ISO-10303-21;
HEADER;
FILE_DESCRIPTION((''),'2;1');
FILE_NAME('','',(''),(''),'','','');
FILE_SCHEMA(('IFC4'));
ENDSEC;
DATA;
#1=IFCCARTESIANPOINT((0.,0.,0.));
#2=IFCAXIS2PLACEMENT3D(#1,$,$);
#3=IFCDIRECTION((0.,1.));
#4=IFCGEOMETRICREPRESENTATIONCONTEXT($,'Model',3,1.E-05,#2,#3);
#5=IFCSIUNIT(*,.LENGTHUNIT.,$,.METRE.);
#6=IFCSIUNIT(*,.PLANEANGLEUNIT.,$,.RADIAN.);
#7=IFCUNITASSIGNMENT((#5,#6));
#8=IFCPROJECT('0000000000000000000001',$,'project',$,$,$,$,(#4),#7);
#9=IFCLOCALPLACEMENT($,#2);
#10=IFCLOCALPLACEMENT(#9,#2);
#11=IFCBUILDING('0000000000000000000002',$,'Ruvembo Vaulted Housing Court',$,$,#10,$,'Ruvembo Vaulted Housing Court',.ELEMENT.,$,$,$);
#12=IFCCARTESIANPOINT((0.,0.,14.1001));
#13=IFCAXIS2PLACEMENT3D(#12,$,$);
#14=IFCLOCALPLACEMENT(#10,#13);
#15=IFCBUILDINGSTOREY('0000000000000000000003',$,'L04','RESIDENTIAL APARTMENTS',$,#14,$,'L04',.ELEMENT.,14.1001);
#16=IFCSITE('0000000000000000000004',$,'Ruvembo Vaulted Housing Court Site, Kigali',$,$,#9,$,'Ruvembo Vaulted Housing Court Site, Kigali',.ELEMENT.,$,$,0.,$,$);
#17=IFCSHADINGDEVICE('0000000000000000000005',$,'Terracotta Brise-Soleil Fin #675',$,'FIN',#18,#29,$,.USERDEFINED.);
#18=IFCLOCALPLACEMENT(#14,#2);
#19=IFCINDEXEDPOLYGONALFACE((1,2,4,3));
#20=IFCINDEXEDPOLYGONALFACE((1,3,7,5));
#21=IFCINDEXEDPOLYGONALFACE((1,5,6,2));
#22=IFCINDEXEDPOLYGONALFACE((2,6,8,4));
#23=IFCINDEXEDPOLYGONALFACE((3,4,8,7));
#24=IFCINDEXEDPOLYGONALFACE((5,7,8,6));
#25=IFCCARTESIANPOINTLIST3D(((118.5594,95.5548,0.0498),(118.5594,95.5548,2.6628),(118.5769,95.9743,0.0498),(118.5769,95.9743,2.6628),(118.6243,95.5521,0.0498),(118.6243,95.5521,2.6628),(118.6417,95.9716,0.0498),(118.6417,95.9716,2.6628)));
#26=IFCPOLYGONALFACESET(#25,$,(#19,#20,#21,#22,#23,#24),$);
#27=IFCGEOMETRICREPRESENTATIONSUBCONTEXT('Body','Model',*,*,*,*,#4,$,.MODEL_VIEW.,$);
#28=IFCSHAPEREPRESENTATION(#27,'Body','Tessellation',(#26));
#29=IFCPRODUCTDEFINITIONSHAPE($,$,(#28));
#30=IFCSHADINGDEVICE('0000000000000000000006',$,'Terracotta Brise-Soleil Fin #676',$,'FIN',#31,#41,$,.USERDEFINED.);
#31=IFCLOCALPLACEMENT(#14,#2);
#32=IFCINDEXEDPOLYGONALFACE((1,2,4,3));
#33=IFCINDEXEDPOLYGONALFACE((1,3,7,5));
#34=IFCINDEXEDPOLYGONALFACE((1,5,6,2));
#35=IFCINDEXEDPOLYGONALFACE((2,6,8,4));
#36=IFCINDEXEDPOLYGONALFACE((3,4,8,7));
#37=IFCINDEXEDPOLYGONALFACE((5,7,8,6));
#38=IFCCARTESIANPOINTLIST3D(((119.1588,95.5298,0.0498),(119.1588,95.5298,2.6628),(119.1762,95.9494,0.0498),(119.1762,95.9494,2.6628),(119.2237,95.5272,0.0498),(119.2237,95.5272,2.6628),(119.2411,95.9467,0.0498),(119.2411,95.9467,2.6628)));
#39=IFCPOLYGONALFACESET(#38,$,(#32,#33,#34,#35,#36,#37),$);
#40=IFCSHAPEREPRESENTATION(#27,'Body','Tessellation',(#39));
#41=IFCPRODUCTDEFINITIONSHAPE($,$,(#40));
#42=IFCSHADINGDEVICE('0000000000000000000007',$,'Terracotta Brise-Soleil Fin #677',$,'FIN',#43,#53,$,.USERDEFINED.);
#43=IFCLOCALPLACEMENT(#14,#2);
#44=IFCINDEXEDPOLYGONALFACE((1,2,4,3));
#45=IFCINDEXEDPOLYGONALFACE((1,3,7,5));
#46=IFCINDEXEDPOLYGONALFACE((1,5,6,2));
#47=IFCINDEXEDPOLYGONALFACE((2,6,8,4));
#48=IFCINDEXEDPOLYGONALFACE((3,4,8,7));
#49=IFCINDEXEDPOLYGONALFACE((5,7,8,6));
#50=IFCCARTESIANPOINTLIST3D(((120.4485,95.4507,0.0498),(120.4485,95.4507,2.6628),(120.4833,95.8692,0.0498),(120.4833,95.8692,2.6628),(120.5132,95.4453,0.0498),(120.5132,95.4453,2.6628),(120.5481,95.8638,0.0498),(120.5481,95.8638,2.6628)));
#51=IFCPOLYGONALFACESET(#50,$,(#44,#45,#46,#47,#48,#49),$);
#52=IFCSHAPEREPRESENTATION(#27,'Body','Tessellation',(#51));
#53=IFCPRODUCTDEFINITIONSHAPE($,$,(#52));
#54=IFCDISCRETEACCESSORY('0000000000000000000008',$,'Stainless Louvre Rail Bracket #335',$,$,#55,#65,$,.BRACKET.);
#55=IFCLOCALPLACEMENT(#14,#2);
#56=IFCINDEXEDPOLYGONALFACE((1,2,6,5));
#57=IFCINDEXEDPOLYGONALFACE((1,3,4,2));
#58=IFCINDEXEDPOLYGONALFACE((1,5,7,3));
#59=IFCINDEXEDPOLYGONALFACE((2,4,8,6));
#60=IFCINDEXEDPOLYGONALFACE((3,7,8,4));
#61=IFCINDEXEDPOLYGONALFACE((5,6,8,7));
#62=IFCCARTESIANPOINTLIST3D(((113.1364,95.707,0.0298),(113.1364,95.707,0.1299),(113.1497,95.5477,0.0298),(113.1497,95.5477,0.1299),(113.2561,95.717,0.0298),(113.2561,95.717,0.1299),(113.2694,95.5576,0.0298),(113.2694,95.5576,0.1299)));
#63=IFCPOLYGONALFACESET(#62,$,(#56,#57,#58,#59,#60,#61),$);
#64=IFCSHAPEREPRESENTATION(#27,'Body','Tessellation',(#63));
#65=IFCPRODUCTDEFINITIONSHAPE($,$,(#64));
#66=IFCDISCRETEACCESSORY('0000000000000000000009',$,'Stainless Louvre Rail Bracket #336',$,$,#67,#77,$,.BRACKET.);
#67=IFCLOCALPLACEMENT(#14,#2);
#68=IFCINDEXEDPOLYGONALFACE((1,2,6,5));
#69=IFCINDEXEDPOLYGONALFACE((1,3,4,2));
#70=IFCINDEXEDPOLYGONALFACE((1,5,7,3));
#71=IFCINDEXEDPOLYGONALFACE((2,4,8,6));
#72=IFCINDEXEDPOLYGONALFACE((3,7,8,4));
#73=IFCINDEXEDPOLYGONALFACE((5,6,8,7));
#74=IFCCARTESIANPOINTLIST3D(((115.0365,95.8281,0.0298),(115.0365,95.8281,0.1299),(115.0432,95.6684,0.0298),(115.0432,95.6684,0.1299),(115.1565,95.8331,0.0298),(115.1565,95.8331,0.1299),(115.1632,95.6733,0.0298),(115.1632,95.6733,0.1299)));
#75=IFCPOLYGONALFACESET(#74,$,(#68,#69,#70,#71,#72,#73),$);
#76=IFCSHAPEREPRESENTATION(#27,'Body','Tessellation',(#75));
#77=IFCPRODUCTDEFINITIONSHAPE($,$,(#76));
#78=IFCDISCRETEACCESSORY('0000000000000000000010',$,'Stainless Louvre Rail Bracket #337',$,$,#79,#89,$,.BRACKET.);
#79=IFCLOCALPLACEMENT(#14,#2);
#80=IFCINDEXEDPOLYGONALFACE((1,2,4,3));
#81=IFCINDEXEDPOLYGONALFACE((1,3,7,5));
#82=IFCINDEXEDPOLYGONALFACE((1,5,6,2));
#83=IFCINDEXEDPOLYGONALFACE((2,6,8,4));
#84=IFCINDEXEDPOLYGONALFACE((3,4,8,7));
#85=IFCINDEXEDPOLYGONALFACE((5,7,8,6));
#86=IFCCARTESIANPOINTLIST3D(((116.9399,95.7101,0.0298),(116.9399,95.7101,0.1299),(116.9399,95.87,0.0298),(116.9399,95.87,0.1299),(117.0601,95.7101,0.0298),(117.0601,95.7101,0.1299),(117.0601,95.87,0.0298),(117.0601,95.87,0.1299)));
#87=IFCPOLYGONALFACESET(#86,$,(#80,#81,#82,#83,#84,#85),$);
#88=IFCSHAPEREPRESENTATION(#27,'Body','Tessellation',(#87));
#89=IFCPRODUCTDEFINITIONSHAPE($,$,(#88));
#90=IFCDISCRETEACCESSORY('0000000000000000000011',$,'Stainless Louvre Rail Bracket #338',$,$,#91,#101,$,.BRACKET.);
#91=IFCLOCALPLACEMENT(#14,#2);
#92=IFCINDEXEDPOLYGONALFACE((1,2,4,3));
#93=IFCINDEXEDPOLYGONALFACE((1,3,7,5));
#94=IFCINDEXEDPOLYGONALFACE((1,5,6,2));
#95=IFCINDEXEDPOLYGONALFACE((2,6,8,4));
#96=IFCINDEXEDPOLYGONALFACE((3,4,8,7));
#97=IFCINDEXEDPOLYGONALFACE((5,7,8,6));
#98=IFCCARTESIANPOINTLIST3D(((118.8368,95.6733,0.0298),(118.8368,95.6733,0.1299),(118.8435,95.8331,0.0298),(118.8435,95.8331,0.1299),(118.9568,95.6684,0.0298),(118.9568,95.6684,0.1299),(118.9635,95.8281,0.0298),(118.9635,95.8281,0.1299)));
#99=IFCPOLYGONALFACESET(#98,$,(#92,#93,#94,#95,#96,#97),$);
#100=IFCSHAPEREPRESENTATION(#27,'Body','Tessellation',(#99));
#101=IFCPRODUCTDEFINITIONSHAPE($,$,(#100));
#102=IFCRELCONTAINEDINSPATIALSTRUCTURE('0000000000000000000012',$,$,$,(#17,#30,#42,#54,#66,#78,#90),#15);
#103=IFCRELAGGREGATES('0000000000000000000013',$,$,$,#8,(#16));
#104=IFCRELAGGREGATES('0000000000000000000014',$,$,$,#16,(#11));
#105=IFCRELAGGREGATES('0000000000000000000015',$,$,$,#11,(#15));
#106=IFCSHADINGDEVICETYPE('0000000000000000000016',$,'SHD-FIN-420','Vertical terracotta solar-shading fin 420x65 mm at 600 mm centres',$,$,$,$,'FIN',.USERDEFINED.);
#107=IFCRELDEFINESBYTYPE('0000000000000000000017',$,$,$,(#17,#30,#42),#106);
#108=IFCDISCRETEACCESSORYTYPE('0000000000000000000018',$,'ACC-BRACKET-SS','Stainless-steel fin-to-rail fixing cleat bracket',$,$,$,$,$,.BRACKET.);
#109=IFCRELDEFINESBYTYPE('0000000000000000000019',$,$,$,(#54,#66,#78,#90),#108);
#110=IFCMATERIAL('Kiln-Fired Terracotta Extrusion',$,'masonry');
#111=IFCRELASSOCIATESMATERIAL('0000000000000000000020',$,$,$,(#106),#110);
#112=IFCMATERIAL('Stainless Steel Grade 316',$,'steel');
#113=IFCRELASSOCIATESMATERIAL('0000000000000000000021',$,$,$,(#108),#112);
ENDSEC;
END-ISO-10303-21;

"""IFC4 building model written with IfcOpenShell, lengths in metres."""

from ifc_helpers import new_model, si_unit, direction, frame, origin, origin_2d, place, context, subcontext, project, spatial, rectangle, extrude, material, type_object, element, save


model = new_model("IFC4")

# Units and contexts
model_context = context("Model", 3, precision=1e-05, world=origin(), true_north=direction((0.0, 1.0)))
body_context = subcontext(model_context, "Body", "Model", "MODEL_VIEW")
ifc_project = project(units=[si_unit("LENGTHUNIT", "METRE"), si_unit("PLANEANGLEUNIT", "RADIAN")], contexts=[model_context])

# Site, building, storey
site_placement = place(None, origin())
site = spatial("IfcSite", under=ifc_project, at=site_placement, Name="Ruvembo Vaulted Housing Court Site, Kigali", LongName="Ruvembo Vaulted Housing Court Site, Kigali", CompositionType="ELEMENT", RefElevation=0.0)
building_placement = place(site_placement, origin())
building = spatial("IfcBuilding", under=site, at=building_placement, Name="Ruvembo Vaulted Housing Court", LongName="Ruvembo Vaulted Housing Court", CompositionType="ELEMENT")
storey_placement = place(building_placement, frame((0.0, 0.0, 14.1001)))
storey = spatial("IfcBuildingStorey", under=building, at=storey_placement, Name="L04", Description="RESIDENTIAL APARTMENTS", LongName="L04", CompositionType="ELEMENT", Elevation=14.1001)

# Shading devices
ifc_material_1 = material(Name="Kiln-Fired Terracotta Extrusion", Category="masonry")
shading_device_type = type_object("IfcShadingDeviceType", Name="SHD-FIN-420", Description="Vertical terracotta solar-shading fin 420x65 mm at 600 mm centres", ElementType="FIN", PredefinedType="USERDEFINED", material=ifc_material_1)
for number, where, z_axis, x_axis, name in (
    (1, (118.6006, 95.7632, 0.0498), (0.0, 0.0, 1.0), (-0.041509, -0.999138, 0.0), "Terracotta Brise-Soleil Fin #675"),
    (2, (119.2, 95.7383, 0.0498), (0.0, 0.0, 1.0), (-0.041509, -0.999138, 0.0), "Terracotta Brise-Soleil Fin #676"),
    (3, (120.4983, 95.6572, 0.0498), (0.0, 0.0, 1.0), (-0.082895, -0.996558, 0.0), "Terracotta Brise-Soleil Fin #677"),
):
    element("IfcShadingDevice", number, at=place(storey_placement, frame(where, z_axis=z_axis, x_axis=x_axis)), inside=storey, type_object=shading_device_type, Name=name, ObjectType="FIN", PredefinedType="USERDEFINED", context=body_context, shape_type="SweptSolid", body=[
        extrude(rectangle(XDim=0.4199, YDim=0.0649, at=origin_2d()), origin(), (0.0, 0.0, 1.0), 2.613),
    ])

# Discrete accessories
ifc_material_2 = material(Name="Stainless Steel Grade 316", Category="steel")
discrete_accessory_type = type_object("IfcDiscreteAccessoryType", Name="ACC-BRACKET-SS", Description="Stainless-steel fin-to-rail fixing cleat bracket", PredefinedType="BRACKET", material=ifc_material_2)
for number, where, z_axis, x_axis, name in (
    (4, (113.2029, 95.6323, 0.0298), (0.0, 0.0, 1.0), (0.082895, -0.996558, 0.0), "Stainless Louvre Rail Bracket #335"),
    (5, (115.0999, 95.7507, 0.0298), (0.0, 0.0, 1.0), (0.041509, -0.999138, 0.0), "Stainless Louvre Rail Bracket #336"),
    (6, (117.0, 95.79, 0.0298), (0.0, 0.0, 1.0), (0.0, -1.0, 0.0), "Stainless Louvre Rail Bracket #337"),
    (7, (118.9001, 95.7507, 0.0298), (0.0, 0.0, 1.0), (-0.041509, -0.999138, 0.0), "Stainless Louvre Rail Bracket #338"),
):
    element("IfcDiscreteAccessory", number, at=place(storey_placement, frame(where, z_axis=z_axis, x_axis=x_axis)), inside=storey, type_object=discrete_accessory_type, Name=name, PredefinedType="BRACKET", context=body_context, shape_type="SweptSolid", body=[
        extrude(rectangle(XDim=0.1599, YDim=0.1201, at=origin_2d()), origin(), (0.0, 0.0, 1.0), 0.1001),
    ])

save(model, "model.ifc")
